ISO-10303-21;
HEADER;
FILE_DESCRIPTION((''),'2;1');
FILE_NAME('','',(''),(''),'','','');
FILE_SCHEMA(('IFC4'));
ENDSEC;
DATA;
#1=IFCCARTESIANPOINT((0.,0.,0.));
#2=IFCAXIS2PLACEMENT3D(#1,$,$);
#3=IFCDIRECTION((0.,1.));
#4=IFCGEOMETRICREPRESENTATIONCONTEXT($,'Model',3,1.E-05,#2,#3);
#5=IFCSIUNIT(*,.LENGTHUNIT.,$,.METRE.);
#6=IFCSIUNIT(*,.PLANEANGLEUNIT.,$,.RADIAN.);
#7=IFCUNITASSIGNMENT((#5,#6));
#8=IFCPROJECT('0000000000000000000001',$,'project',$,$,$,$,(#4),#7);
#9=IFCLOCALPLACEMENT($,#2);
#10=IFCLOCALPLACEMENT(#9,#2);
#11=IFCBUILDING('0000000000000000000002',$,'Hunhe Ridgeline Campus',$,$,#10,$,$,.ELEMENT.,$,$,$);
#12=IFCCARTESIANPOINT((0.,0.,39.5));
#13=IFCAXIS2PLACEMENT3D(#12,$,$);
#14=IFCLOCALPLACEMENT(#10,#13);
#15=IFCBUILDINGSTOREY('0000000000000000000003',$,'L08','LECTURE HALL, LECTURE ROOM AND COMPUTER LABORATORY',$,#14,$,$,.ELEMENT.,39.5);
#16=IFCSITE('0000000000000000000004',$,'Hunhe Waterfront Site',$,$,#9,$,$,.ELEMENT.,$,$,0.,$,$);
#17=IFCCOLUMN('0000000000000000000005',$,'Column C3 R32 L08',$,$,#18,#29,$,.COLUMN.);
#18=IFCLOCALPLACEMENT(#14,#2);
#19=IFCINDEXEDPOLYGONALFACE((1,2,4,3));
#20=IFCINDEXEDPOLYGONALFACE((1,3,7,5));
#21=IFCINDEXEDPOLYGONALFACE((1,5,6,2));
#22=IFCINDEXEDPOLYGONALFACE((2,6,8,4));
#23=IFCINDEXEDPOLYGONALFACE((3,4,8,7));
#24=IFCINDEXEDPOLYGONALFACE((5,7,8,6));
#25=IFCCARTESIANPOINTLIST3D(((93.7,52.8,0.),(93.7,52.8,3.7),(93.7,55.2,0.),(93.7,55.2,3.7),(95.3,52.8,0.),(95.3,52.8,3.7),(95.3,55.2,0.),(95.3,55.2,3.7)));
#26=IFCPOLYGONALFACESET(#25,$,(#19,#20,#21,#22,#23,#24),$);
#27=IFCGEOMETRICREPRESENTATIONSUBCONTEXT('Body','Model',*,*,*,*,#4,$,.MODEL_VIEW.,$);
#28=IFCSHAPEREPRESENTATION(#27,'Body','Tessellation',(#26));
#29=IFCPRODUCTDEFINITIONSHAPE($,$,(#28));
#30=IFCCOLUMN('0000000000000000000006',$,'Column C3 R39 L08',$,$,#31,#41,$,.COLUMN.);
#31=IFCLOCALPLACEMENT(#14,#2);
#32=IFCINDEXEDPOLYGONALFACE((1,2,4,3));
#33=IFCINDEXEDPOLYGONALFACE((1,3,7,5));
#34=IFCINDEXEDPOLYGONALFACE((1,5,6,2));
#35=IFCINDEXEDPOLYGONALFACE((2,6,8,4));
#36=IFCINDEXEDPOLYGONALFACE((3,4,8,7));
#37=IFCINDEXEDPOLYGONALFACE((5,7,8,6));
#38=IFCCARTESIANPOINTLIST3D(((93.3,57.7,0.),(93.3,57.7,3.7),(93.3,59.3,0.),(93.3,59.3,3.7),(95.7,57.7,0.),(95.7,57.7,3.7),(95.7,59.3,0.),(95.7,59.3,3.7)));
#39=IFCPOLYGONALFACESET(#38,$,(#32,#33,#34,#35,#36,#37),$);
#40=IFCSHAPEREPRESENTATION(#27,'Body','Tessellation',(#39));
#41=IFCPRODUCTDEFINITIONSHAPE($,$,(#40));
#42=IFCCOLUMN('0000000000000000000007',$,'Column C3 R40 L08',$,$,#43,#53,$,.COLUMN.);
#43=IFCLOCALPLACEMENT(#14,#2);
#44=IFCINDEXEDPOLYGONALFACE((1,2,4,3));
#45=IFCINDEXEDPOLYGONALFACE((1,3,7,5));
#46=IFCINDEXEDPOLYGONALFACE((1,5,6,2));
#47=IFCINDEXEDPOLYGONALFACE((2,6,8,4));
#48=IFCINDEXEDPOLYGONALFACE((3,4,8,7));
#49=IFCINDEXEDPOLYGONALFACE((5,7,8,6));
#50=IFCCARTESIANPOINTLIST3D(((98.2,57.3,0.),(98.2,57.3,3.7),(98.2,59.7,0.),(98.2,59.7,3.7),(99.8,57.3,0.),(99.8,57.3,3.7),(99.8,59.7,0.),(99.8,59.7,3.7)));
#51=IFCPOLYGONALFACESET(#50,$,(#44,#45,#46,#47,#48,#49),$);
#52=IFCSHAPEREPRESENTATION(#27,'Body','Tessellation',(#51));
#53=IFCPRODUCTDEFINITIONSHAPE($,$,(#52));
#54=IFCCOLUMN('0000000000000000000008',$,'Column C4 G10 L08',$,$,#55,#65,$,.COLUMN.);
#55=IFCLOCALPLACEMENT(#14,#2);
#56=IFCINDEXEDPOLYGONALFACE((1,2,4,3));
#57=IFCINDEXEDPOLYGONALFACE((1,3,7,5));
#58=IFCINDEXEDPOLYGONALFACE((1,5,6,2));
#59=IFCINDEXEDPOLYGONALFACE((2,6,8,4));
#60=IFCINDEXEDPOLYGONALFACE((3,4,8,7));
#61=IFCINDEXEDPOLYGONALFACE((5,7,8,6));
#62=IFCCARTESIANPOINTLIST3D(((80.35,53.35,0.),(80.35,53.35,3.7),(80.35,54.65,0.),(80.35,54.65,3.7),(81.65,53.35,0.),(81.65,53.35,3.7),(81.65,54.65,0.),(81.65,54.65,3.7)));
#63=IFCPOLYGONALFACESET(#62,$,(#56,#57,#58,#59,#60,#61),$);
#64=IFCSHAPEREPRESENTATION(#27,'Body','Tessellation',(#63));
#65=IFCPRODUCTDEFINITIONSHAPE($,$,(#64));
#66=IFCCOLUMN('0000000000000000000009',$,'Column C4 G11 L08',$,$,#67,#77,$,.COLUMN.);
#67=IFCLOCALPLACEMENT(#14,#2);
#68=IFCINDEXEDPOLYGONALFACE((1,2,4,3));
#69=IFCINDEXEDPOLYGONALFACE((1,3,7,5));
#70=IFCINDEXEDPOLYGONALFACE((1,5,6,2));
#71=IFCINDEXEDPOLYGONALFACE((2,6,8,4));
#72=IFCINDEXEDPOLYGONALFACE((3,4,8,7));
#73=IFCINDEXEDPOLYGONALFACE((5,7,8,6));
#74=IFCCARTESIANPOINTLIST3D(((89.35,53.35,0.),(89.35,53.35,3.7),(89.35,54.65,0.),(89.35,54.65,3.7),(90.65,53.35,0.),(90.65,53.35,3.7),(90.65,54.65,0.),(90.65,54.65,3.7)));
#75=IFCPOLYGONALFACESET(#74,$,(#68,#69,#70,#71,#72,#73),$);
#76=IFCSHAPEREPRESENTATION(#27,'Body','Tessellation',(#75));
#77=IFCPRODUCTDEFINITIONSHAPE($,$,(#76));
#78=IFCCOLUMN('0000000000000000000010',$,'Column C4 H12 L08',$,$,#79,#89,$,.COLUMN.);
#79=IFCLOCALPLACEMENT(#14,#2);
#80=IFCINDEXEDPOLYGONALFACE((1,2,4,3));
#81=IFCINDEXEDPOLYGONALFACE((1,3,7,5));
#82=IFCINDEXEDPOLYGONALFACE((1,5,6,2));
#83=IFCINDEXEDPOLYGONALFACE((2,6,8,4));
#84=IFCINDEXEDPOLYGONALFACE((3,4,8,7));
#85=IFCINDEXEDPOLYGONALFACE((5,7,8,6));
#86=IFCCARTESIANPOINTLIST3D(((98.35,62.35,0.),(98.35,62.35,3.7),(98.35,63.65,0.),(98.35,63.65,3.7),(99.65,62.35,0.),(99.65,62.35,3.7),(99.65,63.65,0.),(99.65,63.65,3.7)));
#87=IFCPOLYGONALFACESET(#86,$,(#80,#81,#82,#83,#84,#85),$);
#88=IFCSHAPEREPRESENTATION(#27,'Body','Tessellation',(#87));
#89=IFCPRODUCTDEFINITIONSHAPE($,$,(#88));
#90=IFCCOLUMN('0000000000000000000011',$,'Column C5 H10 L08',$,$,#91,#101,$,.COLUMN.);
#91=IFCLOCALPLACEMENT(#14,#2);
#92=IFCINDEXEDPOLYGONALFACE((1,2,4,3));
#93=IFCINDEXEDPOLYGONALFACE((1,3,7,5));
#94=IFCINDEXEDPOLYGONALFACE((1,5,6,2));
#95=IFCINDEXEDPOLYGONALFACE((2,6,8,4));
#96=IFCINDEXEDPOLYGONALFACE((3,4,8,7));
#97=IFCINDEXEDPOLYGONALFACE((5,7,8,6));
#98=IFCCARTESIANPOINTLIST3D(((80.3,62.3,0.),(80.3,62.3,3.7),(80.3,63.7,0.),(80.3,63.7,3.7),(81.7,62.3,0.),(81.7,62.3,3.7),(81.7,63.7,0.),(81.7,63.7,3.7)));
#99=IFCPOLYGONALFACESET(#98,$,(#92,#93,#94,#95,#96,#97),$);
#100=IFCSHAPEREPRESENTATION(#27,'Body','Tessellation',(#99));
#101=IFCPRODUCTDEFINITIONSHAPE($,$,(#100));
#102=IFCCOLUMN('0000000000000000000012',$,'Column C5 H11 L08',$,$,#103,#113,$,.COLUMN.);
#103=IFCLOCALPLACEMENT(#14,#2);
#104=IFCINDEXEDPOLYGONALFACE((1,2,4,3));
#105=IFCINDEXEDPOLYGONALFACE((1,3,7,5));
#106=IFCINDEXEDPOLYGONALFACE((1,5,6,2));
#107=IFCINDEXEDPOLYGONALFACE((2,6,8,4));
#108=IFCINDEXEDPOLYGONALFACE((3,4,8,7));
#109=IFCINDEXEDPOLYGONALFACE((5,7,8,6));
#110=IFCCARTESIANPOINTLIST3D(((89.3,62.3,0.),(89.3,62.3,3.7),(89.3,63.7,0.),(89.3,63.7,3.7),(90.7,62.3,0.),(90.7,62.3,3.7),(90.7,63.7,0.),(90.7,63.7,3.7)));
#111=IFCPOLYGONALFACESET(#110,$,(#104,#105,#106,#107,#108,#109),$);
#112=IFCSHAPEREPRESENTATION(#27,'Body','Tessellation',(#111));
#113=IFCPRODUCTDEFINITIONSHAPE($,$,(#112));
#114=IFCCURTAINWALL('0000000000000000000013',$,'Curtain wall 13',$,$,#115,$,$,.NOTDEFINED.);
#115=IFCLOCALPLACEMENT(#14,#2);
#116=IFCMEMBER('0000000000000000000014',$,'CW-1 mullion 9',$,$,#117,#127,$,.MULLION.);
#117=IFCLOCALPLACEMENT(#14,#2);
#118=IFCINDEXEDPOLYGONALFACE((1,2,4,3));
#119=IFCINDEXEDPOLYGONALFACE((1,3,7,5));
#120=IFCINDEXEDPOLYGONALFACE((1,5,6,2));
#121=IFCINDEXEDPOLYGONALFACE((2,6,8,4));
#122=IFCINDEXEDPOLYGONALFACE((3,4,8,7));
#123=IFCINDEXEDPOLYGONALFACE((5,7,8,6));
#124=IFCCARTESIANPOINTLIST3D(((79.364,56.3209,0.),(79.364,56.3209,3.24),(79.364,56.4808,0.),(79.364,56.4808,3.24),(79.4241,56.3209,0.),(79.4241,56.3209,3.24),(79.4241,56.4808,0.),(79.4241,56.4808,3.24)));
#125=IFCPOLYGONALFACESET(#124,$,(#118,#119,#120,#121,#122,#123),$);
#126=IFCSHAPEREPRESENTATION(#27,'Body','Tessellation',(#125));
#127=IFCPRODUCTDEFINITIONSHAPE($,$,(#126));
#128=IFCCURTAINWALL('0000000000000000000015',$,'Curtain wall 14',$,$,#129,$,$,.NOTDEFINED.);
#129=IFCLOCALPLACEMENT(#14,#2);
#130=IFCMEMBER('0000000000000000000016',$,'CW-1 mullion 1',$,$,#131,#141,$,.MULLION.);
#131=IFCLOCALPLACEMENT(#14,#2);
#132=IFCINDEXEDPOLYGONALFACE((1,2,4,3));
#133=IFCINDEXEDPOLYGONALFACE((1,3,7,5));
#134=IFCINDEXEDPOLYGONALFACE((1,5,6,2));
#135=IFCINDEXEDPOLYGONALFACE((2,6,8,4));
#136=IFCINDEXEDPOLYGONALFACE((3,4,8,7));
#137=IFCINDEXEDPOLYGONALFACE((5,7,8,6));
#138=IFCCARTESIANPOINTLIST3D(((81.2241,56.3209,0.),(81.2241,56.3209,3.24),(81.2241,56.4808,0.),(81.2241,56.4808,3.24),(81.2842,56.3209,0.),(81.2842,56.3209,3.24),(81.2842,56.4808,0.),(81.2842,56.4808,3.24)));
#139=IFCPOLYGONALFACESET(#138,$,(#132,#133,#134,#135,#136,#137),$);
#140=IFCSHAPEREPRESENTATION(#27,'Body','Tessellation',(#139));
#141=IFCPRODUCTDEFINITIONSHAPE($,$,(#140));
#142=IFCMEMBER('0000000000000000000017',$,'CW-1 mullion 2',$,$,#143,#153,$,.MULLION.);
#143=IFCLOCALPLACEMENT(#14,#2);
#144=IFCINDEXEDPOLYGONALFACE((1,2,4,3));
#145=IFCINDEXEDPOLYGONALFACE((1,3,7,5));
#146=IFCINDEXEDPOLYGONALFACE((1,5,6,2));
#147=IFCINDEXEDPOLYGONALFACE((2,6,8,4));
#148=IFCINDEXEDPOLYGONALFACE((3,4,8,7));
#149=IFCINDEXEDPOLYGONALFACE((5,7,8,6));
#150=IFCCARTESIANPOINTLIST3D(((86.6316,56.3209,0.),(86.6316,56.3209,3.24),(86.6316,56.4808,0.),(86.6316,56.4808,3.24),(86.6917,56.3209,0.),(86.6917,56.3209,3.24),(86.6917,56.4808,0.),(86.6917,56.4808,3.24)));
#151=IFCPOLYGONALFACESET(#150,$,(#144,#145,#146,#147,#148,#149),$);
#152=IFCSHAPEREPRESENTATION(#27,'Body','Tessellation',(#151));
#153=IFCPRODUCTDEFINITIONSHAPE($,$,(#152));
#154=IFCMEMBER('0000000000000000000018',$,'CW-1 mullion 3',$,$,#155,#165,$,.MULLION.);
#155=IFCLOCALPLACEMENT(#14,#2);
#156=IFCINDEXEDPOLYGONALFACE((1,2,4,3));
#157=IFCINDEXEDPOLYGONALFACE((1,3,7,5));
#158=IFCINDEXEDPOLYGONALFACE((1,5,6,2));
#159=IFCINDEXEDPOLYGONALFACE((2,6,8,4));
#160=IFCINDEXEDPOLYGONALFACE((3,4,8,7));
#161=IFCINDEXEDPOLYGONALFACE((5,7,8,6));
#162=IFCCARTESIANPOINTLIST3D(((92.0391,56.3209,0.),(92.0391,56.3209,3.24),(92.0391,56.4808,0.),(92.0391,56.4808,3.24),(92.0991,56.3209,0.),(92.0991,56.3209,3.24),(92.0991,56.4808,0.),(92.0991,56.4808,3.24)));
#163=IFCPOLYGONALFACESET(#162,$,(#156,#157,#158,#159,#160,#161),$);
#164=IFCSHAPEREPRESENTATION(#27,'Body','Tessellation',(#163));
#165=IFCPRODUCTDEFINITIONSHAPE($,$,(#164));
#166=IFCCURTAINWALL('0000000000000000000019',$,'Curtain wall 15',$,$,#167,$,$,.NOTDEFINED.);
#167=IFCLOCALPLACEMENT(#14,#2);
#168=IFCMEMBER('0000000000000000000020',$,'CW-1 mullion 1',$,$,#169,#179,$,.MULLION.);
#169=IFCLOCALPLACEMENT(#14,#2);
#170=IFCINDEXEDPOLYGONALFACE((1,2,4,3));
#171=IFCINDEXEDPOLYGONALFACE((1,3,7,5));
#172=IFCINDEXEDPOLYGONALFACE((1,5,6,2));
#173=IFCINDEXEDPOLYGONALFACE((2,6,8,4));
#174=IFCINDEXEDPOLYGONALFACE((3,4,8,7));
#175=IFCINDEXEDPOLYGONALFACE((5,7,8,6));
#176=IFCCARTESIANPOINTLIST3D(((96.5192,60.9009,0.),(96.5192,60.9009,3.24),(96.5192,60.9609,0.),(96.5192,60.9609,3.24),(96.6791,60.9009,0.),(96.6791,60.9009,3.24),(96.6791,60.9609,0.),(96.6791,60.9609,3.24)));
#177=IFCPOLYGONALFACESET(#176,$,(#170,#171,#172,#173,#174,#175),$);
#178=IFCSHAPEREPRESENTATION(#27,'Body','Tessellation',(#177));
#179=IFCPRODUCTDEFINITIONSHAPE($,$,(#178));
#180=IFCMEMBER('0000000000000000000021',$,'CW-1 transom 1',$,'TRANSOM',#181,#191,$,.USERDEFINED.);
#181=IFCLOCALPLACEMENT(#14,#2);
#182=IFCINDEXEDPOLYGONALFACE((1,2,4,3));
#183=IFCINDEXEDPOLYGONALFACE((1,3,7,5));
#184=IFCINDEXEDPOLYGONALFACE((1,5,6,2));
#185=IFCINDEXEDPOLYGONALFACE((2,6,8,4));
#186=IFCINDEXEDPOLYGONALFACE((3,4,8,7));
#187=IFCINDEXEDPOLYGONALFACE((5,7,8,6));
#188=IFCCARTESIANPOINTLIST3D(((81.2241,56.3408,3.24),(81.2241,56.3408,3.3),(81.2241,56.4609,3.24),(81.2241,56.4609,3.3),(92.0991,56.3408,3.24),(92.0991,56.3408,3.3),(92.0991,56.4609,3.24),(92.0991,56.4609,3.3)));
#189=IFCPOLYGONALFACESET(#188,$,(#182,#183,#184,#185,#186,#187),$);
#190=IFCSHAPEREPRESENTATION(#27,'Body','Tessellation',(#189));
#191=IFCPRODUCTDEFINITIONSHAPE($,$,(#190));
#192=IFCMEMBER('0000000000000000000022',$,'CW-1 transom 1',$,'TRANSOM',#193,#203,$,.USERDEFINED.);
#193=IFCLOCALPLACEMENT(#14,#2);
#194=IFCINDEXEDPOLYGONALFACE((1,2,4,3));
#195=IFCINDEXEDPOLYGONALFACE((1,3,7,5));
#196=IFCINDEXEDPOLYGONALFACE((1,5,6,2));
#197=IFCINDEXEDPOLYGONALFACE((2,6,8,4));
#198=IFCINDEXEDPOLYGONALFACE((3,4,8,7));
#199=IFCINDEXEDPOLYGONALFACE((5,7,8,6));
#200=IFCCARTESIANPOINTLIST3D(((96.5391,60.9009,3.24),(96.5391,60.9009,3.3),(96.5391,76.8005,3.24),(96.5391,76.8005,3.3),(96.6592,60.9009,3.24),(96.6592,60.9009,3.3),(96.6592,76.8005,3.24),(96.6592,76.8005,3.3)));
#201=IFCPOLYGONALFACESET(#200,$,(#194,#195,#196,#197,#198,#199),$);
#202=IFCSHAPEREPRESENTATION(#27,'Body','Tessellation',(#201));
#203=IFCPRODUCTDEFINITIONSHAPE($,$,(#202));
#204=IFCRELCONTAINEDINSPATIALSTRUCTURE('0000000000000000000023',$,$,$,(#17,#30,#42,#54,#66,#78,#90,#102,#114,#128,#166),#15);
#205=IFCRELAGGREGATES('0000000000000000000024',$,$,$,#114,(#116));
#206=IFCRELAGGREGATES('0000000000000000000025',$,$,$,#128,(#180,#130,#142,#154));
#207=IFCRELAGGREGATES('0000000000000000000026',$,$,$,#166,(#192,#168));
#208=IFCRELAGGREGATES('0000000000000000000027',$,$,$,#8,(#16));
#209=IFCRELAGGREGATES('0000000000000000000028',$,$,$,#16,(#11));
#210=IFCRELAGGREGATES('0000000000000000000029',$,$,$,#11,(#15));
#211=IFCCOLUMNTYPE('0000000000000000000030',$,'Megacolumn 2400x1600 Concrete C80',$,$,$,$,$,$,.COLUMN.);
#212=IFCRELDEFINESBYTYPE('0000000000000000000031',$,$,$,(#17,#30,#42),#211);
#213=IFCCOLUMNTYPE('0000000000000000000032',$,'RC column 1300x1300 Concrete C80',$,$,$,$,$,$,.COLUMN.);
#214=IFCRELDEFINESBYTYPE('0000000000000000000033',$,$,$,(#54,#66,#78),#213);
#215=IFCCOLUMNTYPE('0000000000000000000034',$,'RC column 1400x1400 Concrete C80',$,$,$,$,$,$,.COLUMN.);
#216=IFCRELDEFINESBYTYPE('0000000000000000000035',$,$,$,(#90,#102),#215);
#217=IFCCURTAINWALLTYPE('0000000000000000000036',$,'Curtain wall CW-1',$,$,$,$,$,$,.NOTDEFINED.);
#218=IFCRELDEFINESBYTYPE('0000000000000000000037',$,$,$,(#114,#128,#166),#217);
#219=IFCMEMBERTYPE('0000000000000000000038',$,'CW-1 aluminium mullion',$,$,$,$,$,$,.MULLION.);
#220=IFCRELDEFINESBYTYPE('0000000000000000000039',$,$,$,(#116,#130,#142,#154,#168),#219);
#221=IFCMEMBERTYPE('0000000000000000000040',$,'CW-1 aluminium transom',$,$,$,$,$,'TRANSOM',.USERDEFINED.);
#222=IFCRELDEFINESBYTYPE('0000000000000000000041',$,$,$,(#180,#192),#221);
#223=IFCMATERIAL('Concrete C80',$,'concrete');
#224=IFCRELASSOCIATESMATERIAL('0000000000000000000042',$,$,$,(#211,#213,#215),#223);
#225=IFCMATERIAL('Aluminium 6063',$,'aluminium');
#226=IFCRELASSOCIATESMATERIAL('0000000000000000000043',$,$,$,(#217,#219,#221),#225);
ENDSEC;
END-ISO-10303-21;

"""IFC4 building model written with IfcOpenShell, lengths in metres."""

from ifc_helpers import new_model, si_unit, direction, frame, origin, origin_2d, place, context, subcontext, project, spatial, rectangle, extrude, material, material_profile, profile_set, type_object, element, aggregate, save


model = new_model("IFC4")

# Units and contexts
model_context = context("Model", 3, precision=1e-05, world=origin(), true_north=direction((0.0, 1.0)))
body_context = subcontext(model_context, "Body", "Model", "MODEL_VIEW")
ifc_project = project(units=[si_unit("LENGTHUNIT", "METRE"), si_unit("PLANEANGLEUNIT", "RADIAN")], contexts=[model_context])

# Site, building, storey
site_placement = place(None, origin())
site = spatial("IfcSite", under=ifc_project, at=site_placement, Name="Hunhe Waterfront Site", CompositionType="ELEMENT", RefElevation=0.0)
building_placement = place(site_placement, origin())
building = spatial("IfcBuilding", under=site, at=building_placement, Name="Hunhe Ridgeline Campus", CompositionType="ELEMENT")
storey_placement = place(building_placement, frame((0.0, 0.0, 39.5)))
storey = spatial("IfcBuildingStorey", under=building, at=storey_placement, Name="L08", Description="LECTURE HALL, LECTURE ROOM AND COMPUTER LABORATORY", CompositionType="ELEMENT", Elevation=39.5)

# Columns
ifc_material_1 = material(Name="Concrete C80", Category="concrete")
ifc_material_profile_1 = material_profile(ifc_material_1, rectangle(XDim=2.3999, YDim=1.6001, at=origin_2d()))
ifc_profile_set_1 = profile_set([ifc_material_profile_1], Name="Concrete C80")
column_type_1 = type_object("IfcColumnType", Name="Megacolumn 2400x1600 Concrete C80", PredefinedType="COLUMN", material=ifc_profile_set_1)
for number, where, z_axis, x_axis, name in (
    (1, (94.5, 54.0, 0.0), (0.0, 0.0, 1.0), (0.0, 1.0, 0.0), "Column C3 R32 L08"),
    (2, (94.5, 58.5, 0.0), (0.0, 0.0, 1.0), (1.0, 0.0, 0.0), "Column C3 R39 L08"),
    (3, (99.0, 58.5, 0.0), (0.0, 0.0, 1.0), (0.0, 1.0, 0.0), "Column C3 R40 L08"),
):
    element("IfcColumn", number, at=place(storey_placement, frame(where, z_axis=z_axis, x_axis=x_axis)), inside=storey, type_object=column_type_1, Name=name, PredefinedType="COLUMN", context=body_context, shape_type="SweptSolid", body=[
        extrude(rectangle(XDim=2.3999, YDim=1.6001, at=origin_2d()), origin(), (0.0, 0.0, 1.0), 3.7),
    ])
ifc_material_profile_2 = material_profile(ifc_material_1, rectangle(XDim=1.3, YDim=1.3, at=origin_2d()))
ifc_profile_set_2 = profile_set([ifc_material_profile_2], Name="Concrete C80")
column_type_2 = type_object("IfcColumnType", Name="RC column 1300x1300 Concrete C80", PredefinedType="COLUMN", material=ifc_profile_set_2)
for number, where, z_axis, x_axis, name in (
    (4, (81.0, 54.0, 0.0), (0.0, 0.0, 1.0), (1.0, 0.0, 0.0), "Column C4 G10 L08"),
    (5, (90.0, 54.0, 0.0), (0.0, 0.0, 1.0), (1.0, 0.0, 0.0), "Column C4 G11 L08"),
    (6, (99.0, 63.0, 0.0), (0.0, 0.0, 1.0), (1.0, 0.0, 0.0), "Column C4 H12 L08"),
):
    element("IfcColumn", number, at=place(storey_placement, frame(where, z_axis=z_axis, x_axis=x_axis)), inside=storey, type_object=column_type_2, Name=name, PredefinedType="COLUMN", context=body_context, shape_type="SweptSolid", body=[
        extrude(rectangle(XDim=1.3, YDim=1.3, at=origin_2d()), origin(), (0.0, 0.0, 1.0), 3.7),
    ])
ifc_material_profile_3 = material_profile(ifc_material_1, rectangle(XDim=1.3999, YDim=1.3999, at=origin_2d()))
ifc_profile_set_3 = profile_set([ifc_material_profile_3], Name="Concrete C80")
column_type_3 = type_object("IfcColumnType", Name="RC column 1400x1400 Concrete C80", PredefinedType="COLUMN", material=ifc_profile_set_3)
for number, where, z_axis, x_axis, name in (
    (7, (81.0, 63.0, 0.0), (0.0, 0.0, 1.0), (1.0, 0.0, 0.0), "Column C5 H10 L08"),
    (8, (90.0, 63.0, 0.0), (0.0, 0.0, 1.0), (1.0, 0.0, 0.0), "Column C5 H11 L08"),
):
    element("IfcColumn", number, at=place(storey_placement, frame(where, z_axis=z_axis, x_axis=x_axis)), inside=storey, type_object=column_type_3, Name=name, PredefinedType="COLUMN", context=body_context, shape_type="SweptSolid", body=[
        extrude(rectangle(XDim=1.3999, YDim=1.3999, at=origin_2d()), origin(), (0.0, 0.0, 1.0), 3.7),
    ])

# Curtain wall, member
ifc_material_2 = material(Name="Aluminium 6063", Category="aluminium")
curtain_wall_type = type_object("IfcCurtainWallType", Name="Curtain wall CW-1", PredefinedType="NOTDEFINED", material=ifc_material_2)
curtain_wall_1_placement = place(storey_placement, origin())
curtain_wall_1 = element("IfcCurtainWall", 9, at=curtain_wall_1_placement, inside=storey, type_object=curtain_wall_type, Name="Curtain wall 13", PredefinedType="NOTDEFINED")
ifc_material_profile_4 = material_profile(ifc_material_2, rectangle(XDim=0.1599, YDim=0.0601, at=origin_2d()))
ifc_profile_set_4 = profile_set([ifc_material_profile_4], Name="Aluminium 6063")
member_type_1 = type_object("IfcMemberType", Name="CW-1 aluminium mullion", PredefinedType="MULLION", material=ifc_profile_set_4)
member_1_placement = place(storey_placement, frame((79.394, 56.4009, 0.0), z_axis=(0.0, 0.0, 1.0), x_axis=(-0.000004, 1.0, 0.0)))
member_1 = element("IfcMember", 10, at=member_1_placement, type_object=member_type_1, Name="CW-1 mullion 9", PredefinedType="MULLION", context=body_context, shape_type="SweptSolid", body=[
    extrude(rectangle(XDim=0.1599, YDim=0.0601, at=origin_2d()), origin(), (0.0, 0.0, 1.0), 3.24),
])
aggregate(curtain_wall_1, [member_1])

# Curtain wall, members
curtain_wall_2_placement = place(storey_placement, origin())
curtain_wall_2 = element("IfcCurtainWall", 11, at=curtain_wall_2_placement, inside=storey, type_object=curtain_wall_type, Name="Curtain wall 14", PredefinedType="NOTDEFINED")
member_2_placement = place(storey_placement, frame((81.2542, 56.4009, 0.0), z_axis=(0.0, 0.0, 1.0), x_axis=(-0.000004, 1.0, 0.0)))
member_2 = element("IfcMember", 12, at=member_2_placement, type_object=member_type_1, Name="CW-1 mullion 1", PredefinedType="MULLION", context=body_context, shape_type="SweptSolid", body=[
    extrude(rectangle(XDim=0.1599, YDim=0.0601, at=origin_2d()), origin(), (0.0, 0.0, 1.0), 3.24),
])
member_3_placement = place(storey_placement, frame((86.6616, 56.4009, 0.0), z_axis=(0.0, 0.0, 1.0), x_axis=(-0.000004, 1.0, 0.0)))
member_3 = element("IfcMember", 13, at=member_3_placement, type_object=member_type_1, Name="CW-1 mullion 2", PredefinedType="MULLION", context=body_context, shape_type="SweptSolid", body=[
    extrude(rectangle(XDim=0.1599, YDim=0.0601, at=origin_2d()), origin(), (0.0, 0.0, 1.0), 3.24),
])
member_4_placement = place(storey_placement, frame((92.0691, 56.4009, 0.0), z_axis=(0.0, 0.0, 1.0), x_axis=(-0.000004, 1.0, 0.0)))
member_4 = element("IfcMember", 14, at=member_4_placement, type_object=member_type_1, Name="CW-1 mullion 3", PredefinedType="MULLION", context=body_context, shape_type="SweptSolid", body=[
    extrude(rectangle(XDim=0.1599, YDim=0.0601, at=origin_2d()), origin(), (0.0, 0.0, 1.0), 3.24),
])

# Curtain wall, member
curtain_wall_3_placement = place(storey_placement, origin())
curtain_wall_3 = element("IfcCurtainWall", 15, at=curtain_wall_3_placement, inside=storey, type_object=curtain_wall_type, Name="Curtain wall 15", PredefinedType="NOTDEFINED")
member_5_placement = place(storey_placement, frame((96.5991, 60.9309, 0.0), z_axis=(0.0, 0.0, 1.0), x_axis=(-1.0, 0.0, 0.0)))
member_5 = element("IfcMember", 16, at=member_5_placement, type_object=member_type_1, Name="CW-1 mullion 1", PredefinedType="MULLION", context=body_context, shape_type="SweptSolid", body=[
    extrude(rectangle(XDim=0.1599, YDim=0.0601, at=origin_2d()), origin(), (0.0, 0.0, 1.0), 3.24),
])

# Members
ifc_material_profile_5 = material_profile(ifc_material_2, rectangle(XDim=0.1201, YDim=0.0601, at=origin_2d()))
ifc_profile_set_5 = profile_set([ifc_material_profile_5], Name="Aluminium 6063")
member_type_2 = type_object("IfcMemberType", Name="CW-1 aluminium transom", ElementType="TRANSOM", PredefinedType="USERDEFINED", material=ifc_profile_set_5)
member_6_placement = place(storey_placement, frame((81.2241, 56.4009, 3.27), z_axis=(1.0, 0.0, 0.0), x_axis=(0.0, 1.0, 0.0)))
member_6 = element("IfcMember", 17, at=member_6_placement, type_object=member_type_2, Name="CW-1 transom 1", ObjectType="TRANSOM", PredefinedType="USERDEFINED", context=body_context, shape_type="SweptSolid", body=[
    extrude(rectangle(XDim=0.1201, YDim=0.0601, at=origin_2d()), origin(), (0.0, 0.0, 1.0), 10.875),
])
member_7_placement = place(storey_placement, frame((96.5991, 60.9009, 3.27), z_axis=(0.0, 1.0, 0.0), x_axis=(-1.0, 0.0, 0.0)))
member_7 = element("IfcMember", 18, at=member_7_placement, type_object=member_type_2, Name="CW-1 transom 1", ObjectType="TRANSOM", PredefinedType="USERDEFINED", context=body_context, shape_type="SweptSolid", body=[
    extrude(rectangle(XDim=0.1201, YDim=0.0601, at=origin_2d()), origin(), (0.0, 0.0, 1.0), 15.8997),
])

aggregate(curtain_wall_2, [member_6, member_2, member_3, member_4])
aggregate(curtain_wall_3, [member_7, member_5])

save(model, "model.ifc")
